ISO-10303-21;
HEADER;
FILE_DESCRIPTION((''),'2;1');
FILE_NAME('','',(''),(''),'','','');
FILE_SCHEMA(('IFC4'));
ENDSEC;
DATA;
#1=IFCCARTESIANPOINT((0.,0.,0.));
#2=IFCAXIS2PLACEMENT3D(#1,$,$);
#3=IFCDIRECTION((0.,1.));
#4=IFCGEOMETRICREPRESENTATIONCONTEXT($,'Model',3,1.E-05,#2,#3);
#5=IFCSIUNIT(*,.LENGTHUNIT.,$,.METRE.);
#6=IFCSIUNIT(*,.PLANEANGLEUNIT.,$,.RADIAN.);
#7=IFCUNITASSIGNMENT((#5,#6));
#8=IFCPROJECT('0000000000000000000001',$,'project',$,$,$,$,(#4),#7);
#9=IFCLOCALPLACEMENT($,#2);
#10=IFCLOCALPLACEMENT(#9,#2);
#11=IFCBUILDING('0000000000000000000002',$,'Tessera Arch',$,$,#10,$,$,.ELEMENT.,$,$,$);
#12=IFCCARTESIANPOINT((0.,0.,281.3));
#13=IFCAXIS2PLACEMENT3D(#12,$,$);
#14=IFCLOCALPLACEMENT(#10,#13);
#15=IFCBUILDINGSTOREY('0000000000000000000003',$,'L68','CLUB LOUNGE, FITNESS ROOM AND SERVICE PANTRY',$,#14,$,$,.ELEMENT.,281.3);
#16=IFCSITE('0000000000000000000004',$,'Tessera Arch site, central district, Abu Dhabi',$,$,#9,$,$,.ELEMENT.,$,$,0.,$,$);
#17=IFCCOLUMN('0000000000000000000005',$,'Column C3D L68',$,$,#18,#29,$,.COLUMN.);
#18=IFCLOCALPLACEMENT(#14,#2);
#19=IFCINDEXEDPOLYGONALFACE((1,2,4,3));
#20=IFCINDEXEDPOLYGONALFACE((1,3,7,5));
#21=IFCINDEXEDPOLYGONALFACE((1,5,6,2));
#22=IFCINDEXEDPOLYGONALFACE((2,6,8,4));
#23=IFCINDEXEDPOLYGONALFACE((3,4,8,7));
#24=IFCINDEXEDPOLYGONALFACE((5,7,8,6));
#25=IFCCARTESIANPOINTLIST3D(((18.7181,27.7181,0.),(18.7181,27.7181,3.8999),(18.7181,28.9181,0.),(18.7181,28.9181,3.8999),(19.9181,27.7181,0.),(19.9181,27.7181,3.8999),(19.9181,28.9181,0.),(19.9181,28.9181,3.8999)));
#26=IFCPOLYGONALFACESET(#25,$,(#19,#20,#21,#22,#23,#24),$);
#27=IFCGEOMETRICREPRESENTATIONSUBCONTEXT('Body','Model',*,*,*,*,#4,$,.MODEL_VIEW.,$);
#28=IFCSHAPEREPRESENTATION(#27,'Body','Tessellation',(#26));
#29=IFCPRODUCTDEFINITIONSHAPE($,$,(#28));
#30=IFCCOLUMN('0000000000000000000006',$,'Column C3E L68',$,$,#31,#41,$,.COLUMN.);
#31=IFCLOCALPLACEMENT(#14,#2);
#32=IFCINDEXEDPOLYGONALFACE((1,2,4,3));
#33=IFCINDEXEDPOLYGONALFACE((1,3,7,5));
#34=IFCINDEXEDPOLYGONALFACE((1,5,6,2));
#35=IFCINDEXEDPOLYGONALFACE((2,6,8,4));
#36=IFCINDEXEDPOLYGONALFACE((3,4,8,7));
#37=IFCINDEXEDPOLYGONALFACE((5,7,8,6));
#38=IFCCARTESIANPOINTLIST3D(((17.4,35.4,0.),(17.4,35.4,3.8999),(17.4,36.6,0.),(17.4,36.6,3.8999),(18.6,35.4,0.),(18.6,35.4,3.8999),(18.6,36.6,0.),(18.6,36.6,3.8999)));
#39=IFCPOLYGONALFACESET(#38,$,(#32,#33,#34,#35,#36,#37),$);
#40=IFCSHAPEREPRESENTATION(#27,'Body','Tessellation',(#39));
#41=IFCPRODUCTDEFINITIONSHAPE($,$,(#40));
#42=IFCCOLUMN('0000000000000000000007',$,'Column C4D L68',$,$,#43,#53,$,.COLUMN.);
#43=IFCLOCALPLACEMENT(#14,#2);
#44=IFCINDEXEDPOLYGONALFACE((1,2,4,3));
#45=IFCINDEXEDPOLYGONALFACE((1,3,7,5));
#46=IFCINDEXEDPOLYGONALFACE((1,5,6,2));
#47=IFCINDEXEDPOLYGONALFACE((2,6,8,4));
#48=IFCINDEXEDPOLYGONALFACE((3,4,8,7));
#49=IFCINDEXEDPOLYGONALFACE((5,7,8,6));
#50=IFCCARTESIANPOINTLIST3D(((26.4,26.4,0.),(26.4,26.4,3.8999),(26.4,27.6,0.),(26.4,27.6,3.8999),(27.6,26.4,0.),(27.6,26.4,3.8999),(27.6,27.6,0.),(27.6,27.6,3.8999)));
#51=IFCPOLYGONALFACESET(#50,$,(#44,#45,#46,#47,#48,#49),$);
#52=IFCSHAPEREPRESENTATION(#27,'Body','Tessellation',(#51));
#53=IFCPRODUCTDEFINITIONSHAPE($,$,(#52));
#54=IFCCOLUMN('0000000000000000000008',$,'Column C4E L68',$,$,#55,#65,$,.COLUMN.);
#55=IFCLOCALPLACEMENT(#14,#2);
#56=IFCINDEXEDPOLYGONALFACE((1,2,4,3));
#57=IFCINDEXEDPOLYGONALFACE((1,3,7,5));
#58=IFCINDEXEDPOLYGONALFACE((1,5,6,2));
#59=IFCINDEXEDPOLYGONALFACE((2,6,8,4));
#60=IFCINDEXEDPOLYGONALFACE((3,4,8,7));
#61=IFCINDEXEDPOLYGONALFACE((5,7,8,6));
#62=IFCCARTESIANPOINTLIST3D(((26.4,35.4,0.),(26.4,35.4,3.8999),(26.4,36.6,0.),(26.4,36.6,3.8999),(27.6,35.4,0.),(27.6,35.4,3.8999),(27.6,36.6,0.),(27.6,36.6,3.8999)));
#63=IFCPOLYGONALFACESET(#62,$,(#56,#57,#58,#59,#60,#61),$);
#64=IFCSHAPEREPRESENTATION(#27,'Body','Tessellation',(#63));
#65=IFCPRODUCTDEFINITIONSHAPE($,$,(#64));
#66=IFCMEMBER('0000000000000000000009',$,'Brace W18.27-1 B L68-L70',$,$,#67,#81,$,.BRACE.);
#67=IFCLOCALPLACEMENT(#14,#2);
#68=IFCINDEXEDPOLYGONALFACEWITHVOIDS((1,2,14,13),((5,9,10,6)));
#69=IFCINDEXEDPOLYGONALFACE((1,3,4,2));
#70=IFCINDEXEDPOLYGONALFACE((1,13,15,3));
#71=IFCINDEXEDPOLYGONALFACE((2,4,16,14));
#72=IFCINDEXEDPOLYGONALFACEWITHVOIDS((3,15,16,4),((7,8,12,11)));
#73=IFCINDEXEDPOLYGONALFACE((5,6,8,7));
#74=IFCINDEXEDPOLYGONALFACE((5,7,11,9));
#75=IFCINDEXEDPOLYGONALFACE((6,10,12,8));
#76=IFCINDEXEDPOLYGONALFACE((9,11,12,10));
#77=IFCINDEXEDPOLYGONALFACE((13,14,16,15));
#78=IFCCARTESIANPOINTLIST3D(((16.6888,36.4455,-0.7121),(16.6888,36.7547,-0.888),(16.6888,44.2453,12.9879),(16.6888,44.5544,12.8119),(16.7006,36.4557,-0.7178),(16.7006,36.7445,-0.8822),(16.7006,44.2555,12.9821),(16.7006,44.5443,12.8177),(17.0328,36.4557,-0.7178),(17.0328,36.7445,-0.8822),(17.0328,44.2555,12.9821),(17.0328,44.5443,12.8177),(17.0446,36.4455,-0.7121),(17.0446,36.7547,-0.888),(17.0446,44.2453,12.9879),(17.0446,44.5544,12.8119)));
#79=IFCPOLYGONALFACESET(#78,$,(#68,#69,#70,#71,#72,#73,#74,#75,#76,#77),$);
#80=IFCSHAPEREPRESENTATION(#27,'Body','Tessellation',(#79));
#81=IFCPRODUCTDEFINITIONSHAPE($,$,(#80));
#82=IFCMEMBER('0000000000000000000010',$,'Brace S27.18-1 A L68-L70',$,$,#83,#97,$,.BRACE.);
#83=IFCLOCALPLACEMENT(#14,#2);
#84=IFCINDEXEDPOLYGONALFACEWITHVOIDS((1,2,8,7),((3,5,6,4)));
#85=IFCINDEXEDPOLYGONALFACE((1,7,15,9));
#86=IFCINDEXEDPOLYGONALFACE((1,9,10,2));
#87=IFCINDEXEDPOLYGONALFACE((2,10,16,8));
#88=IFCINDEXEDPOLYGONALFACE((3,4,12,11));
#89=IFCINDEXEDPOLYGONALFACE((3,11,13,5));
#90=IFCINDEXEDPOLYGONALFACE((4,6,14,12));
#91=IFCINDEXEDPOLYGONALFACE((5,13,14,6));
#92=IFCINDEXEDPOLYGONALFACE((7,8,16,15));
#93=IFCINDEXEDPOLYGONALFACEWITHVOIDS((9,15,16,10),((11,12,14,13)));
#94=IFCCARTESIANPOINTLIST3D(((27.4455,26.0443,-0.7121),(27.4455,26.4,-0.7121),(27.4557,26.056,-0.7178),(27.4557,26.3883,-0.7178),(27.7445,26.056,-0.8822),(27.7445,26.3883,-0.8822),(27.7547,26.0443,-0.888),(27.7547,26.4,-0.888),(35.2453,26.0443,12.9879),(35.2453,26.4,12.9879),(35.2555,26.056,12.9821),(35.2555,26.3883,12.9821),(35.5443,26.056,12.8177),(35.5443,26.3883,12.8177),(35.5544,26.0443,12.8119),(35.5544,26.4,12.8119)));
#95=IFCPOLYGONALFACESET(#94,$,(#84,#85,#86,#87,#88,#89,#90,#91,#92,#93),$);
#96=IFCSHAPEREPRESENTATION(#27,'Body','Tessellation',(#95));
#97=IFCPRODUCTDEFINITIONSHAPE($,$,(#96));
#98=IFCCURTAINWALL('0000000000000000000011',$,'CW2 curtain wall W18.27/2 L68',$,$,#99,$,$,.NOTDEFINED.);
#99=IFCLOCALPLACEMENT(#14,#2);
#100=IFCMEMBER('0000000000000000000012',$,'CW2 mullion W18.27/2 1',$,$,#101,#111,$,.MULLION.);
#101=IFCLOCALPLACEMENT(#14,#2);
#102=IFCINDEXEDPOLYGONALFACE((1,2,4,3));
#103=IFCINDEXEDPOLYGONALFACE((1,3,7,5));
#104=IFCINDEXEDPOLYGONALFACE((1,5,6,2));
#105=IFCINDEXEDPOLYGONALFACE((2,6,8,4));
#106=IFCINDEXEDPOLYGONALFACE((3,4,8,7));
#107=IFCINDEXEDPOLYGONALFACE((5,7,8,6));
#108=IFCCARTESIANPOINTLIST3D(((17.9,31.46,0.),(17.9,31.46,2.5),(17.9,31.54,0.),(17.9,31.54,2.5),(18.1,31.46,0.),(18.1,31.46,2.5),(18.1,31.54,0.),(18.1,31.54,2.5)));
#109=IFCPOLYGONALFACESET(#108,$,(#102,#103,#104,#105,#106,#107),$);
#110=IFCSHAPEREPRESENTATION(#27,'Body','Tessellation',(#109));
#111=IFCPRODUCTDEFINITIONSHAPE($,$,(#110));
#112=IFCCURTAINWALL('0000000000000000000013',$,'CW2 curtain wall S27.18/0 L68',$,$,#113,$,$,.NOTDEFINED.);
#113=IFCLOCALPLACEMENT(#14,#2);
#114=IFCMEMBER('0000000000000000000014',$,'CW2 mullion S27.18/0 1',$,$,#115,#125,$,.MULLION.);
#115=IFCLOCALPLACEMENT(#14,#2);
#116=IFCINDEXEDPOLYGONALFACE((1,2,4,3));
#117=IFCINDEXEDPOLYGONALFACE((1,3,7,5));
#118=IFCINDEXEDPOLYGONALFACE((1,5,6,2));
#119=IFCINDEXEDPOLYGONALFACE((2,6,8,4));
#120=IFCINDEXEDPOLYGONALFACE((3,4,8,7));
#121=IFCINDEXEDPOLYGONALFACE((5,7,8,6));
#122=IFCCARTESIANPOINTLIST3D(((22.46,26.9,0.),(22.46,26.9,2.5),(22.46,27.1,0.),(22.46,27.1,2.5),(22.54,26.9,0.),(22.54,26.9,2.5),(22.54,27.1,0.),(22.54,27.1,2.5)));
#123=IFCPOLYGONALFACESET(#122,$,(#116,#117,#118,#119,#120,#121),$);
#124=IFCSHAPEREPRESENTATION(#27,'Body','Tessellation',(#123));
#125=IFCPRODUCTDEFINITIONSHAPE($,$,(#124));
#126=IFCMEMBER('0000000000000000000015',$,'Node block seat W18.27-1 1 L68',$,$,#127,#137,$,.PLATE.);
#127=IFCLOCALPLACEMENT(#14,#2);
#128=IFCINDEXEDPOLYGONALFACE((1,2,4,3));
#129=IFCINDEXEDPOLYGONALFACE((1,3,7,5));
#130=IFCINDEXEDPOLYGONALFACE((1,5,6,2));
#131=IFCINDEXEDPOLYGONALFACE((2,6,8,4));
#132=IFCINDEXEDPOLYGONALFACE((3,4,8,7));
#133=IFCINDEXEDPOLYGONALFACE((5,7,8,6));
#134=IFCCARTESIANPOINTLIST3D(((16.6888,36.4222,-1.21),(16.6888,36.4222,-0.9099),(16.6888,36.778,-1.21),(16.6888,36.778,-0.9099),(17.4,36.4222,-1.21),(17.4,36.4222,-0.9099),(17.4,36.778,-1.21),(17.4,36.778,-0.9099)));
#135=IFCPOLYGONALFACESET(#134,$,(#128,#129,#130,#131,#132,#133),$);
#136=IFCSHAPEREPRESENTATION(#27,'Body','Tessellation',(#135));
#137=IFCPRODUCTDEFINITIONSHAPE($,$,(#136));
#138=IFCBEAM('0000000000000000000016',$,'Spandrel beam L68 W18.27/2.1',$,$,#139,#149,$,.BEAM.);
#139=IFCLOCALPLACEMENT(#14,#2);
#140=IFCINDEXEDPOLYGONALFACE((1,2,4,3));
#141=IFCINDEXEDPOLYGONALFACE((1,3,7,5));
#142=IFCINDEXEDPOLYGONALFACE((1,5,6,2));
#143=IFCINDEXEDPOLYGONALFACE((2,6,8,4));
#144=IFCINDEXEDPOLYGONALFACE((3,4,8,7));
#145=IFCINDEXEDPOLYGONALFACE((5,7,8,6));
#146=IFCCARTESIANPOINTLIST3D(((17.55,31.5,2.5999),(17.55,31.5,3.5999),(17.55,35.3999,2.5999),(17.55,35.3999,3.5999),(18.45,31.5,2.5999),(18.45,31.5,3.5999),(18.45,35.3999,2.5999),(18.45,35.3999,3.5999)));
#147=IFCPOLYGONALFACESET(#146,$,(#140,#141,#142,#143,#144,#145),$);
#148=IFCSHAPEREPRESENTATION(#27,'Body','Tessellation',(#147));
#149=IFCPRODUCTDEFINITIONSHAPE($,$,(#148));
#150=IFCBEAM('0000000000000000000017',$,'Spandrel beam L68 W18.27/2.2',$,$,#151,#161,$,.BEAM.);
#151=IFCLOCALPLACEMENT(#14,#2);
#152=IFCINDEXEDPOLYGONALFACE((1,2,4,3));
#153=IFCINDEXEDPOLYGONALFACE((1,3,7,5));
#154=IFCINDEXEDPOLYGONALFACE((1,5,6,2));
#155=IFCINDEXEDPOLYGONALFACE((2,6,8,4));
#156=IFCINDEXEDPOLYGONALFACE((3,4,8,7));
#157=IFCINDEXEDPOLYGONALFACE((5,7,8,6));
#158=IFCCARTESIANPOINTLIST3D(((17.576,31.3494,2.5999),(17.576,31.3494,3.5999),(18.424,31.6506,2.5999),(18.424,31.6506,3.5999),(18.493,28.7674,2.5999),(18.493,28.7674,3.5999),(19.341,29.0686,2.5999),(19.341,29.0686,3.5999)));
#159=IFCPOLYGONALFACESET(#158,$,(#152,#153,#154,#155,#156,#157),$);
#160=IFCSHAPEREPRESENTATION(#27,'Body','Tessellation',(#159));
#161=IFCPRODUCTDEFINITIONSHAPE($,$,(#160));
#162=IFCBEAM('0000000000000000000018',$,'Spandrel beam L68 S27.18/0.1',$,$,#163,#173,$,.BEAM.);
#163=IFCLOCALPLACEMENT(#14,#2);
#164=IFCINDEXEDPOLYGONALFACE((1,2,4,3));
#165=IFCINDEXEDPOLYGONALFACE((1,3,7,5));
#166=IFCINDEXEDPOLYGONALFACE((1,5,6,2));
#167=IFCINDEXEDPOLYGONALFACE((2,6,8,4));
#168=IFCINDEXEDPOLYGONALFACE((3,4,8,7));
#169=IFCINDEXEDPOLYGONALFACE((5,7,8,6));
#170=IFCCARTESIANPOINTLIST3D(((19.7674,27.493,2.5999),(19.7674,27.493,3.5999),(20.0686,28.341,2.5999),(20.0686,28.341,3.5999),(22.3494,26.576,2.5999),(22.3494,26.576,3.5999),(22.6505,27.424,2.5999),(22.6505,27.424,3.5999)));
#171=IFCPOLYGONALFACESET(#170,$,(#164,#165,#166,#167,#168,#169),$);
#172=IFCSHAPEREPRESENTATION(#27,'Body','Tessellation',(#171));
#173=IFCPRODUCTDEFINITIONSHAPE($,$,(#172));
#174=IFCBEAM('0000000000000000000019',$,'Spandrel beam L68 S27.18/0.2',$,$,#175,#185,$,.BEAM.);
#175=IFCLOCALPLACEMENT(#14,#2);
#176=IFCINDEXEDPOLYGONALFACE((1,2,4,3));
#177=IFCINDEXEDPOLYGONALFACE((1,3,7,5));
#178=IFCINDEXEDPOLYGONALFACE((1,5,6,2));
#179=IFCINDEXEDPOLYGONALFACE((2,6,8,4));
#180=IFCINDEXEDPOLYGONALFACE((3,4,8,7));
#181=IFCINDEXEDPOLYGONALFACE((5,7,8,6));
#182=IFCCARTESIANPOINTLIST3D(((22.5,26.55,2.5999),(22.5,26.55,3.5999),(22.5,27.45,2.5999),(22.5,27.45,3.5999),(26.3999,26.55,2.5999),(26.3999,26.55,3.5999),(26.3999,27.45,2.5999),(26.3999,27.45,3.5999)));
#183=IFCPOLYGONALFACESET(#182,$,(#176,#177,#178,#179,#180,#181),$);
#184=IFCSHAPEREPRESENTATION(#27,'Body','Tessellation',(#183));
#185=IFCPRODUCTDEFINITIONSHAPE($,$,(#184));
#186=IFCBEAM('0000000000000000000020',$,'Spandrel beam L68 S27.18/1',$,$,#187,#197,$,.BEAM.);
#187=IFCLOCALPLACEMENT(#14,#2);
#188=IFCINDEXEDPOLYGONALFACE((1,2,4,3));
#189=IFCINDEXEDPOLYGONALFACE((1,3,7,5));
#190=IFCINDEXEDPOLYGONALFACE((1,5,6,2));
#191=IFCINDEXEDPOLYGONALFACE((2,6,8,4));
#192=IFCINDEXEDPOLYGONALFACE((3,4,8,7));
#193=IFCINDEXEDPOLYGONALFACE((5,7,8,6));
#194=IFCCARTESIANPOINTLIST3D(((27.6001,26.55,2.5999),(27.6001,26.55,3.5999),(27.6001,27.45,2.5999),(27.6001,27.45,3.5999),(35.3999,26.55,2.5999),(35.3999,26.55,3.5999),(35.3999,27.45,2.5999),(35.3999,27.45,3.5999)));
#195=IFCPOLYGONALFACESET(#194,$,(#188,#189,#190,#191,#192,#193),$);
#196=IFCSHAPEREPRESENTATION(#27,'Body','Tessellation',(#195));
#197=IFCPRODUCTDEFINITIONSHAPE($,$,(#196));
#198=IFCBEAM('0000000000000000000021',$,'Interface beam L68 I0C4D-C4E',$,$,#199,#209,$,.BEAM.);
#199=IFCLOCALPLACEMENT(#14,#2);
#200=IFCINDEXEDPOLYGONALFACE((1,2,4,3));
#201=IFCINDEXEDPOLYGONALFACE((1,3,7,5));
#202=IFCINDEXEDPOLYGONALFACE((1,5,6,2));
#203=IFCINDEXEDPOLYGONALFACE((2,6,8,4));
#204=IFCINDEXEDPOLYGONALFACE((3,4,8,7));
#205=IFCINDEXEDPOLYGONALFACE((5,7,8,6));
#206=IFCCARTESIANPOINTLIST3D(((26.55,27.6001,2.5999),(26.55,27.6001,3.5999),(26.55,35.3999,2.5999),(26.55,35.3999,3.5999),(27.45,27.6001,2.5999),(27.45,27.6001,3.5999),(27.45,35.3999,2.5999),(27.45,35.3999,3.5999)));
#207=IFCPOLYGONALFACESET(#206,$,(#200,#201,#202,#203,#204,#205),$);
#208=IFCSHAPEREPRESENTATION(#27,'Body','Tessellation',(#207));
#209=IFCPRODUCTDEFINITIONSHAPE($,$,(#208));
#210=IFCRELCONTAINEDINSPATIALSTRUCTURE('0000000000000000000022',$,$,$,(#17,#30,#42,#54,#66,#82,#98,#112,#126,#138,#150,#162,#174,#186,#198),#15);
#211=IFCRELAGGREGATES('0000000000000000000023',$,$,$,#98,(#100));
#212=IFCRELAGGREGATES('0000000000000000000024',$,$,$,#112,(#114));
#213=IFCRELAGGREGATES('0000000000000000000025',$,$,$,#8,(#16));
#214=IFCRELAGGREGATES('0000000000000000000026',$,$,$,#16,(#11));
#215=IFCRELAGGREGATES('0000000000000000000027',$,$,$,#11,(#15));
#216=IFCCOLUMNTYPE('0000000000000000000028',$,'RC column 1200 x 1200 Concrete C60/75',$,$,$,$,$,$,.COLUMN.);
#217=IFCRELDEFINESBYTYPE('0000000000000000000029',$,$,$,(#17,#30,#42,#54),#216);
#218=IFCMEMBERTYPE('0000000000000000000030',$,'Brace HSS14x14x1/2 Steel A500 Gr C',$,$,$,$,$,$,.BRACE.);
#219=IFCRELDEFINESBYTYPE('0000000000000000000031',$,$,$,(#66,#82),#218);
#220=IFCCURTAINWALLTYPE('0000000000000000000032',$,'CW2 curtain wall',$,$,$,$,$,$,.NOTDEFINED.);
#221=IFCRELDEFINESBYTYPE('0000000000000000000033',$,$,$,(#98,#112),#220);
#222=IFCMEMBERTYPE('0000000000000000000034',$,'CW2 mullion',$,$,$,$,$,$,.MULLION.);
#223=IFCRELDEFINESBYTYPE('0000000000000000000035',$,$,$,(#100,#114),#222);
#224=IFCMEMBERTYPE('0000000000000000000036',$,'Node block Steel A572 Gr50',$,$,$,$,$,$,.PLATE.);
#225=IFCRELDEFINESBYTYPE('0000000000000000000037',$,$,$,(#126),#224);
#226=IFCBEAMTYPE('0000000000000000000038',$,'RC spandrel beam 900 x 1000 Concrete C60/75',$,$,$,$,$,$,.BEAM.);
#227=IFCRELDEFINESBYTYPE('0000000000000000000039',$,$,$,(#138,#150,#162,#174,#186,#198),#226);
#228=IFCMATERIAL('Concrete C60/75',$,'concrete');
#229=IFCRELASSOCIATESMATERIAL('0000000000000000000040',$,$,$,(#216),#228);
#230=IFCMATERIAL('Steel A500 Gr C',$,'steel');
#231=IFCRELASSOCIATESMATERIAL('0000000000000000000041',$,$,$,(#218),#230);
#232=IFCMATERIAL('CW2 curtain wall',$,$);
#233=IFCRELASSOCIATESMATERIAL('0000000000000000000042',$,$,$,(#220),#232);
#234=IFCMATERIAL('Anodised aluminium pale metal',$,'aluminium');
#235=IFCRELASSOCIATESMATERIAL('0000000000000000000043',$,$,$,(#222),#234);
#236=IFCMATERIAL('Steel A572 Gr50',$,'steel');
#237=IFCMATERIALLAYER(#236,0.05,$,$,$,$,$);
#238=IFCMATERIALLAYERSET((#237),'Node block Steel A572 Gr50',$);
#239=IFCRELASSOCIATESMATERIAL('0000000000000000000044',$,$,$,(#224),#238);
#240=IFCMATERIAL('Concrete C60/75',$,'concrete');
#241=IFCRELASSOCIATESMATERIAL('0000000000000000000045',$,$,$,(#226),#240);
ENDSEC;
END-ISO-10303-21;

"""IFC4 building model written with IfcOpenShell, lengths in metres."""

from ifc_helpers import new_model, si_unit, direction, frame, origin, origin_2d, place, context, subcontext, project, spatial, rectangle, hollow_rectangle, extrude, material, layer, layer_set, material_profile, profile_set, type_object, element, aggregate, save


model = new_model("IFC4")

# Units and contexts
model_context = context("Model", 3, precision=1e-05, world=origin(), true_north=direction((0.0, 1.0)))
body_context = subcontext(model_context, "Body", "Model", "MODEL_VIEW")
ifc_project = project(units=[si_unit("LENGTHUNIT", "METRE"), si_unit("PLANEANGLEUNIT", "RADIAN")], contexts=[model_context])

# Site, building, storey
site_placement = place(None, origin())
site = spatial("IfcSite", under=ifc_project, at=site_placement, Name="Tessera Arch site, central district, Abu Dhabi", CompositionType="ELEMENT", RefElevation=0.0)
building_placement = place(site_placement, origin())
building = spatial("IfcBuilding", under=site, at=building_placement, Name="Tessera Arch", CompositionType="ELEMENT")
storey_placement = place(building_placement, frame((0.0, 0.0, 281.3)))
storey = spatial("IfcBuildingStorey", under=building, at=storey_placement, Name="L68", Description="CLUB LOUNGE, FITNESS ROOM AND SERVICE PANTRY", CompositionType="ELEMENT", Elevation=281.3)

# Columns
ifc_material_1 = material(Name="Concrete C60/75", Category="concrete")
ifc_material_profile_1 = material_profile(ifc_material_1, rectangle(XDim=1.2, YDim=1.2, at=origin_2d()), Name="RC column 1200 x 1200 Concrete C60/75")
ifc_profile_set_1 = profile_set([ifc_material_profile_1], Name="Concrete C60/75")
column_type = type_object("IfcColumnType", Name="RC column 1200 x 1200 Concrete C60/75", PredefinedType="COLUMN", material=ifc_profile_set_1)
for number, where, z_axis, x_axis, name in (
    (1, (19.3181, 28.3181, 0.0), (0.0, 0.0, 1.0), (1.0, 0.0, 0.0), "Column C3D L68"),
    (2, (18.0, 36.0, 0.0), (0.0, 0.0, 1.0), (1.0, 0.0, 0.0), "Column C3E L68"),
    (3, (27.0, 27.0, 0.0), (0.0, 0.0, 1.0), (1.0, 0.0, 0.0), "Column C4D L68"),
    (4, (27.0, 36.0, 0.0), (0.0, 0.0, 1.0), (1.0, 0.0, 0.0), "Column C4E L68"),
):
    element("IfcColumn", number, at=place(storey_placement, frame(where, z_axis=z_axis, x_axis=x_axis)), inside=storey, type_object=column_type, Name=name, PredefinedType="COLUMN", context=body_context, shape_type="SweptSolid", body=[
        extrude(rectangle(XDim=1.2, YDim=1.2, at=origin_2d()), origin(), (0.0, 0.0, 1.0), 3.8999),
    ])

# Members
ifc_material_2 = material(Name="Steel A500 Gr C", Category="steel")
ifc_material_profile_2 = material_profile(ifc_material_2, hollow_rectangle(XDim=0.3557, YDim=0.3557, WallThickness=0.0117, at=origin_2d()), Name="HSS14x14x1/2")
ifc_profile_set_2 = profile_set([ifc_material_profile_2], Name="Steel A500 Gr C")
member_type_1 = type_object("IfcMemberType", Name="Brace HSS14x14x1/2 Steel A500 Gr C", PredefinedType="BRACE", material=ifc_profile_set_2)
for number, where, z_axis, x_axis, name in (
    (5, (16.8667, 36.6001, -0.8), (0.0, 0.494764, 0.869027), (-1.0, 0.0, 0.0), "Brace W18.27-1 B L68-L70"),
    (6, (27.6001, 26.2222, -0.8), (0.494764, 0.0, 0.869027), (0.0, 1.0, 0.0), "Brace S27.18-1 A L68-L70"),
):
    element("IfcMember", number, at=place(storey_placement, frame(where, z_axis=z_axis, x_axis=x_axis)), inside=storey, type_object=member_type_1, Name=name, PredefinedType="BRACE", context=body_context, shape_type="SweptSolid", body=[
        extrude(hollow_rectangle(XDim=0.3557, YDim=0.3557, WallThickness=0.0117, at=origin_2d()), origin(), (0.0, 0.0, 1.0), 15.7646),
    ])

# Curtain walls, members
ifc_material_3 = material(Name="CW2 curtain wall")
curtain_wall_type_1 = type_object("IfcCurtainWallType", Name="CW2 curtain wall", PredefinedType="NOTDEFINED", material=ifc_material_3)
curtain_wall_1_placement = place(storey_placement, origin())
curtain_wall_1 = element("IfcCurtainWall", 7, at=curtain_wall_1_placement, inside=storey, type_object=curtain_wall_type_1, Name="CW2 curtain wall W18.27/2 L68", PredefinedType="NOTDEFINED")
ifc_material_4 = material(Name="Anodised aluminium pale metal", Category="aluminium")
ifc_material_profile_3 = material_profile(ifc_material_4, rectangle(XDim=0.2, YDim=0.0801, at=origin_2d()), Name="AL 80x200")
ifc_profile_set_3 = profile_set([ifc_material_profile_3], Name="Anodised aluminium pale metal")
member_type_2 = type_object("IfcMemberType", Name="CW2 mullion", PredefinedType="MULLION", material=ifc_profile_set_3)
member_1_placement = place(storey_placement, frame((18.0, 31.5, 0.0), z_axis=(0.0, 0.0, 1.0), x_axis=(1.0, 0.0, 0.0)))
member_1 = element("IfcMember", 8, at=member_1_placement, type_object=member_type_2, Name="CW2 mullion W18.27/2 1", PredefinedType="MULLION", context=body_context, shape_type="SweptSolid", body=[
    extrude(rectangle(XDim=0.2, YDim=0.0801, at=origin_2d()), origin(), (0.0, 0.0, 1.0), 2.5),
])
curtain_wall_2_placement = place(storey_placement, origin())
curtain_wall_2 = element("IfcCurtainWall", 9, at=curtain_wall_2_placement, inside=storey, type_object=curtain_wall_type_1, Name="CW2 curtain wall S27.18/0 L68", PredefinedType="NOTDEFINED")
member_2_placement = place(storey_placement, frame((22.5, 27.0, 0.0), z_axis=(0.0, 0.0, 1.0), x_axis=(0.0, 1.0, 0.0)))
member_2 = element("IfcMember", 10, at=member_2_placement, type_object=member_type_2, Name="CW2 mullion S27.18/0 1", PredefinedType="MULLION", context=body_context, shape_type="SweptSolid", body=[
    extrude(rectangle(XDim=0.2, YDim=0.0801, at=origin_2d()), origin(), (0.0, 0.0, 1.0), 2.5),
])

# Member
ifc_material_5 = material(Name="Steel A572 Gr50", Category="steel")
ifc_layer_1 = layer(ifc_material_5, 0.05)
ifc_layer_set_1 = layer_set([ifc_layer_1], Name="Node block Steel A572 Gr50")
member_type_3 = type_object("IfcMemberType", Name="Node block Steel A572 Gr50", PredefinedType="PLATE", material=ifc_layer_set_1)
member_3_placement = place(storey_placement, frame((17.0444, 36.6001, -1.21), z_axis=(0.0, 0.0, 1.0), x_axis=(0.0, -1.0, 0.0)))
element("IfcMember", 11, at=member_3_placement, inside=storey, type_object=member_type_3, Name="Node block seat W18.27-1 1 L68", PredefinedType="PLATE", context=body_context, shape_type="SweptSolid", body=[
    extrude(rectangle(XDim=0.3557, YDim=0.7112, at=origin_2d()), origin(), (0.0, 0.0, 1.0), 0.3),
])

# Beams
ifc_material_6 = material(Name="Concrete C60/75", Category="concrete")
ifc_material_profile_4 = material_profile(ifc_material_6, rectangle(XDim=0.8999, YDim=1.0, at=origin_2d()), Name="RC spandrel beam 900 x 1000 Concrete C60/75")
ifc_profile_set_4 = profile_set([ifc_material_profile_4], Name="Concrete C60/75")
beam_type = type_object("IfcBeamType", Name="RC spandrel beam 900 x 1000 Concrete C60/75", PredefinedType="BEAM", material=ifc_profile_set_4)
beam_1_placement = place(storey_placement, frame((18.0, 35.3999, 3.0999), z_axis=(0.0, -1.0, 0.0), x_axis=(1.0, 0.0, 0.0)))
element("IfcBeam", 12, at=beam_1_placement, inside=storey, type_object=beam_type, Name="Spandrel beam L68 W18.27/2.1", PredefinedType="BEAM", context=body_context, shape_type="SweptSolid", body=[
    extrude(rectangle(XDim=0.8999, YDim=1.0, at=origin_2d()), origin(), (0.0, 0.0, 1.0), 3.8999),
])
for number, where, z_axis, x_axis, name in (
    (13, (18.0, 31.5, 3.0999), (0.334665, -0.942337, 0.0), (0.942337, 0.334665, 0.0), "Spandrel beam L68 W18.27/2.2"),
    (14, (19.918, 27.917, 3.0999), (0.942337, -0.334665, 0.0), (0.334665, 0.942337, 0.0), "Spandrel beam L68 S27.18/0.1"),
):
    element("IfcBeam", number, at=place(storey_placement, frame(where, z_axis=z_axis, x_axis=x_axis)), inside=storey, type_object=beam_type, Name=name, PredefinedType="BEAM", context=body_context, shape_type="SweptSolid", body=[
        extrude(rectangle(XDim=0.8999, YDim=1.0, at=origin_2d()), origin(), (0.0, 0.0, 1.0), 2.74),
    ])
beam_2_placement = place(storey_placement, frame((22.5, 27.0, 3.0999), z_axis=(1.0, 0.0, 0.0), x_axis=(0.0, 1.0, 0.0)))
element("IfcBeam", 15, at=beam_2_placement, inside=storey, type_object=beam_type, Name="Spandrel beam L68 S27.18/0.2", PredefinedType="BEAM", context=body_context, shape_type="SweptSolid", body=[
    extrude(rectangle(XDim=0.8999, YDim=1.0, at=origin_2d()), origin(), (0.0, 0.0, 1.0), 3.8999),
])
for number, where, z_axis, x_axis, name in (
    (16, (27.6001, 27.0, 3.0999), (1.0, 0.0, 0.0), (0.0, 1.0, 0.0), "Spandrel beam L68 S27.18/1"),
    (17, (27.0, 27.6001, 3.0999), (0.0, 1.0, 0.0), (-1.0, 0.0, 0.0), "Interface beam L68 I0C4D-C4E"),
):
    element("IfcBeam", number, at=place(storey_placement, frame(where, z_axis=z_axis, x_axis=x_axis)), inside=storey, type_object=beam_type, Name=name, PredefinedType="BEAM", context=body_context, shape_type="SweptSolid", body=[
        extrude(rectangle(XDim=0.8999, YDim=1.0, at=origin_2d()), origin(), (0.0, 0.0, 1.0), 7.7998),
    ])

aggregate(curtain_wall_1, [member_1])
aggregate(curtain_wall_2, [member_2])

save(model, "model.ifc")
